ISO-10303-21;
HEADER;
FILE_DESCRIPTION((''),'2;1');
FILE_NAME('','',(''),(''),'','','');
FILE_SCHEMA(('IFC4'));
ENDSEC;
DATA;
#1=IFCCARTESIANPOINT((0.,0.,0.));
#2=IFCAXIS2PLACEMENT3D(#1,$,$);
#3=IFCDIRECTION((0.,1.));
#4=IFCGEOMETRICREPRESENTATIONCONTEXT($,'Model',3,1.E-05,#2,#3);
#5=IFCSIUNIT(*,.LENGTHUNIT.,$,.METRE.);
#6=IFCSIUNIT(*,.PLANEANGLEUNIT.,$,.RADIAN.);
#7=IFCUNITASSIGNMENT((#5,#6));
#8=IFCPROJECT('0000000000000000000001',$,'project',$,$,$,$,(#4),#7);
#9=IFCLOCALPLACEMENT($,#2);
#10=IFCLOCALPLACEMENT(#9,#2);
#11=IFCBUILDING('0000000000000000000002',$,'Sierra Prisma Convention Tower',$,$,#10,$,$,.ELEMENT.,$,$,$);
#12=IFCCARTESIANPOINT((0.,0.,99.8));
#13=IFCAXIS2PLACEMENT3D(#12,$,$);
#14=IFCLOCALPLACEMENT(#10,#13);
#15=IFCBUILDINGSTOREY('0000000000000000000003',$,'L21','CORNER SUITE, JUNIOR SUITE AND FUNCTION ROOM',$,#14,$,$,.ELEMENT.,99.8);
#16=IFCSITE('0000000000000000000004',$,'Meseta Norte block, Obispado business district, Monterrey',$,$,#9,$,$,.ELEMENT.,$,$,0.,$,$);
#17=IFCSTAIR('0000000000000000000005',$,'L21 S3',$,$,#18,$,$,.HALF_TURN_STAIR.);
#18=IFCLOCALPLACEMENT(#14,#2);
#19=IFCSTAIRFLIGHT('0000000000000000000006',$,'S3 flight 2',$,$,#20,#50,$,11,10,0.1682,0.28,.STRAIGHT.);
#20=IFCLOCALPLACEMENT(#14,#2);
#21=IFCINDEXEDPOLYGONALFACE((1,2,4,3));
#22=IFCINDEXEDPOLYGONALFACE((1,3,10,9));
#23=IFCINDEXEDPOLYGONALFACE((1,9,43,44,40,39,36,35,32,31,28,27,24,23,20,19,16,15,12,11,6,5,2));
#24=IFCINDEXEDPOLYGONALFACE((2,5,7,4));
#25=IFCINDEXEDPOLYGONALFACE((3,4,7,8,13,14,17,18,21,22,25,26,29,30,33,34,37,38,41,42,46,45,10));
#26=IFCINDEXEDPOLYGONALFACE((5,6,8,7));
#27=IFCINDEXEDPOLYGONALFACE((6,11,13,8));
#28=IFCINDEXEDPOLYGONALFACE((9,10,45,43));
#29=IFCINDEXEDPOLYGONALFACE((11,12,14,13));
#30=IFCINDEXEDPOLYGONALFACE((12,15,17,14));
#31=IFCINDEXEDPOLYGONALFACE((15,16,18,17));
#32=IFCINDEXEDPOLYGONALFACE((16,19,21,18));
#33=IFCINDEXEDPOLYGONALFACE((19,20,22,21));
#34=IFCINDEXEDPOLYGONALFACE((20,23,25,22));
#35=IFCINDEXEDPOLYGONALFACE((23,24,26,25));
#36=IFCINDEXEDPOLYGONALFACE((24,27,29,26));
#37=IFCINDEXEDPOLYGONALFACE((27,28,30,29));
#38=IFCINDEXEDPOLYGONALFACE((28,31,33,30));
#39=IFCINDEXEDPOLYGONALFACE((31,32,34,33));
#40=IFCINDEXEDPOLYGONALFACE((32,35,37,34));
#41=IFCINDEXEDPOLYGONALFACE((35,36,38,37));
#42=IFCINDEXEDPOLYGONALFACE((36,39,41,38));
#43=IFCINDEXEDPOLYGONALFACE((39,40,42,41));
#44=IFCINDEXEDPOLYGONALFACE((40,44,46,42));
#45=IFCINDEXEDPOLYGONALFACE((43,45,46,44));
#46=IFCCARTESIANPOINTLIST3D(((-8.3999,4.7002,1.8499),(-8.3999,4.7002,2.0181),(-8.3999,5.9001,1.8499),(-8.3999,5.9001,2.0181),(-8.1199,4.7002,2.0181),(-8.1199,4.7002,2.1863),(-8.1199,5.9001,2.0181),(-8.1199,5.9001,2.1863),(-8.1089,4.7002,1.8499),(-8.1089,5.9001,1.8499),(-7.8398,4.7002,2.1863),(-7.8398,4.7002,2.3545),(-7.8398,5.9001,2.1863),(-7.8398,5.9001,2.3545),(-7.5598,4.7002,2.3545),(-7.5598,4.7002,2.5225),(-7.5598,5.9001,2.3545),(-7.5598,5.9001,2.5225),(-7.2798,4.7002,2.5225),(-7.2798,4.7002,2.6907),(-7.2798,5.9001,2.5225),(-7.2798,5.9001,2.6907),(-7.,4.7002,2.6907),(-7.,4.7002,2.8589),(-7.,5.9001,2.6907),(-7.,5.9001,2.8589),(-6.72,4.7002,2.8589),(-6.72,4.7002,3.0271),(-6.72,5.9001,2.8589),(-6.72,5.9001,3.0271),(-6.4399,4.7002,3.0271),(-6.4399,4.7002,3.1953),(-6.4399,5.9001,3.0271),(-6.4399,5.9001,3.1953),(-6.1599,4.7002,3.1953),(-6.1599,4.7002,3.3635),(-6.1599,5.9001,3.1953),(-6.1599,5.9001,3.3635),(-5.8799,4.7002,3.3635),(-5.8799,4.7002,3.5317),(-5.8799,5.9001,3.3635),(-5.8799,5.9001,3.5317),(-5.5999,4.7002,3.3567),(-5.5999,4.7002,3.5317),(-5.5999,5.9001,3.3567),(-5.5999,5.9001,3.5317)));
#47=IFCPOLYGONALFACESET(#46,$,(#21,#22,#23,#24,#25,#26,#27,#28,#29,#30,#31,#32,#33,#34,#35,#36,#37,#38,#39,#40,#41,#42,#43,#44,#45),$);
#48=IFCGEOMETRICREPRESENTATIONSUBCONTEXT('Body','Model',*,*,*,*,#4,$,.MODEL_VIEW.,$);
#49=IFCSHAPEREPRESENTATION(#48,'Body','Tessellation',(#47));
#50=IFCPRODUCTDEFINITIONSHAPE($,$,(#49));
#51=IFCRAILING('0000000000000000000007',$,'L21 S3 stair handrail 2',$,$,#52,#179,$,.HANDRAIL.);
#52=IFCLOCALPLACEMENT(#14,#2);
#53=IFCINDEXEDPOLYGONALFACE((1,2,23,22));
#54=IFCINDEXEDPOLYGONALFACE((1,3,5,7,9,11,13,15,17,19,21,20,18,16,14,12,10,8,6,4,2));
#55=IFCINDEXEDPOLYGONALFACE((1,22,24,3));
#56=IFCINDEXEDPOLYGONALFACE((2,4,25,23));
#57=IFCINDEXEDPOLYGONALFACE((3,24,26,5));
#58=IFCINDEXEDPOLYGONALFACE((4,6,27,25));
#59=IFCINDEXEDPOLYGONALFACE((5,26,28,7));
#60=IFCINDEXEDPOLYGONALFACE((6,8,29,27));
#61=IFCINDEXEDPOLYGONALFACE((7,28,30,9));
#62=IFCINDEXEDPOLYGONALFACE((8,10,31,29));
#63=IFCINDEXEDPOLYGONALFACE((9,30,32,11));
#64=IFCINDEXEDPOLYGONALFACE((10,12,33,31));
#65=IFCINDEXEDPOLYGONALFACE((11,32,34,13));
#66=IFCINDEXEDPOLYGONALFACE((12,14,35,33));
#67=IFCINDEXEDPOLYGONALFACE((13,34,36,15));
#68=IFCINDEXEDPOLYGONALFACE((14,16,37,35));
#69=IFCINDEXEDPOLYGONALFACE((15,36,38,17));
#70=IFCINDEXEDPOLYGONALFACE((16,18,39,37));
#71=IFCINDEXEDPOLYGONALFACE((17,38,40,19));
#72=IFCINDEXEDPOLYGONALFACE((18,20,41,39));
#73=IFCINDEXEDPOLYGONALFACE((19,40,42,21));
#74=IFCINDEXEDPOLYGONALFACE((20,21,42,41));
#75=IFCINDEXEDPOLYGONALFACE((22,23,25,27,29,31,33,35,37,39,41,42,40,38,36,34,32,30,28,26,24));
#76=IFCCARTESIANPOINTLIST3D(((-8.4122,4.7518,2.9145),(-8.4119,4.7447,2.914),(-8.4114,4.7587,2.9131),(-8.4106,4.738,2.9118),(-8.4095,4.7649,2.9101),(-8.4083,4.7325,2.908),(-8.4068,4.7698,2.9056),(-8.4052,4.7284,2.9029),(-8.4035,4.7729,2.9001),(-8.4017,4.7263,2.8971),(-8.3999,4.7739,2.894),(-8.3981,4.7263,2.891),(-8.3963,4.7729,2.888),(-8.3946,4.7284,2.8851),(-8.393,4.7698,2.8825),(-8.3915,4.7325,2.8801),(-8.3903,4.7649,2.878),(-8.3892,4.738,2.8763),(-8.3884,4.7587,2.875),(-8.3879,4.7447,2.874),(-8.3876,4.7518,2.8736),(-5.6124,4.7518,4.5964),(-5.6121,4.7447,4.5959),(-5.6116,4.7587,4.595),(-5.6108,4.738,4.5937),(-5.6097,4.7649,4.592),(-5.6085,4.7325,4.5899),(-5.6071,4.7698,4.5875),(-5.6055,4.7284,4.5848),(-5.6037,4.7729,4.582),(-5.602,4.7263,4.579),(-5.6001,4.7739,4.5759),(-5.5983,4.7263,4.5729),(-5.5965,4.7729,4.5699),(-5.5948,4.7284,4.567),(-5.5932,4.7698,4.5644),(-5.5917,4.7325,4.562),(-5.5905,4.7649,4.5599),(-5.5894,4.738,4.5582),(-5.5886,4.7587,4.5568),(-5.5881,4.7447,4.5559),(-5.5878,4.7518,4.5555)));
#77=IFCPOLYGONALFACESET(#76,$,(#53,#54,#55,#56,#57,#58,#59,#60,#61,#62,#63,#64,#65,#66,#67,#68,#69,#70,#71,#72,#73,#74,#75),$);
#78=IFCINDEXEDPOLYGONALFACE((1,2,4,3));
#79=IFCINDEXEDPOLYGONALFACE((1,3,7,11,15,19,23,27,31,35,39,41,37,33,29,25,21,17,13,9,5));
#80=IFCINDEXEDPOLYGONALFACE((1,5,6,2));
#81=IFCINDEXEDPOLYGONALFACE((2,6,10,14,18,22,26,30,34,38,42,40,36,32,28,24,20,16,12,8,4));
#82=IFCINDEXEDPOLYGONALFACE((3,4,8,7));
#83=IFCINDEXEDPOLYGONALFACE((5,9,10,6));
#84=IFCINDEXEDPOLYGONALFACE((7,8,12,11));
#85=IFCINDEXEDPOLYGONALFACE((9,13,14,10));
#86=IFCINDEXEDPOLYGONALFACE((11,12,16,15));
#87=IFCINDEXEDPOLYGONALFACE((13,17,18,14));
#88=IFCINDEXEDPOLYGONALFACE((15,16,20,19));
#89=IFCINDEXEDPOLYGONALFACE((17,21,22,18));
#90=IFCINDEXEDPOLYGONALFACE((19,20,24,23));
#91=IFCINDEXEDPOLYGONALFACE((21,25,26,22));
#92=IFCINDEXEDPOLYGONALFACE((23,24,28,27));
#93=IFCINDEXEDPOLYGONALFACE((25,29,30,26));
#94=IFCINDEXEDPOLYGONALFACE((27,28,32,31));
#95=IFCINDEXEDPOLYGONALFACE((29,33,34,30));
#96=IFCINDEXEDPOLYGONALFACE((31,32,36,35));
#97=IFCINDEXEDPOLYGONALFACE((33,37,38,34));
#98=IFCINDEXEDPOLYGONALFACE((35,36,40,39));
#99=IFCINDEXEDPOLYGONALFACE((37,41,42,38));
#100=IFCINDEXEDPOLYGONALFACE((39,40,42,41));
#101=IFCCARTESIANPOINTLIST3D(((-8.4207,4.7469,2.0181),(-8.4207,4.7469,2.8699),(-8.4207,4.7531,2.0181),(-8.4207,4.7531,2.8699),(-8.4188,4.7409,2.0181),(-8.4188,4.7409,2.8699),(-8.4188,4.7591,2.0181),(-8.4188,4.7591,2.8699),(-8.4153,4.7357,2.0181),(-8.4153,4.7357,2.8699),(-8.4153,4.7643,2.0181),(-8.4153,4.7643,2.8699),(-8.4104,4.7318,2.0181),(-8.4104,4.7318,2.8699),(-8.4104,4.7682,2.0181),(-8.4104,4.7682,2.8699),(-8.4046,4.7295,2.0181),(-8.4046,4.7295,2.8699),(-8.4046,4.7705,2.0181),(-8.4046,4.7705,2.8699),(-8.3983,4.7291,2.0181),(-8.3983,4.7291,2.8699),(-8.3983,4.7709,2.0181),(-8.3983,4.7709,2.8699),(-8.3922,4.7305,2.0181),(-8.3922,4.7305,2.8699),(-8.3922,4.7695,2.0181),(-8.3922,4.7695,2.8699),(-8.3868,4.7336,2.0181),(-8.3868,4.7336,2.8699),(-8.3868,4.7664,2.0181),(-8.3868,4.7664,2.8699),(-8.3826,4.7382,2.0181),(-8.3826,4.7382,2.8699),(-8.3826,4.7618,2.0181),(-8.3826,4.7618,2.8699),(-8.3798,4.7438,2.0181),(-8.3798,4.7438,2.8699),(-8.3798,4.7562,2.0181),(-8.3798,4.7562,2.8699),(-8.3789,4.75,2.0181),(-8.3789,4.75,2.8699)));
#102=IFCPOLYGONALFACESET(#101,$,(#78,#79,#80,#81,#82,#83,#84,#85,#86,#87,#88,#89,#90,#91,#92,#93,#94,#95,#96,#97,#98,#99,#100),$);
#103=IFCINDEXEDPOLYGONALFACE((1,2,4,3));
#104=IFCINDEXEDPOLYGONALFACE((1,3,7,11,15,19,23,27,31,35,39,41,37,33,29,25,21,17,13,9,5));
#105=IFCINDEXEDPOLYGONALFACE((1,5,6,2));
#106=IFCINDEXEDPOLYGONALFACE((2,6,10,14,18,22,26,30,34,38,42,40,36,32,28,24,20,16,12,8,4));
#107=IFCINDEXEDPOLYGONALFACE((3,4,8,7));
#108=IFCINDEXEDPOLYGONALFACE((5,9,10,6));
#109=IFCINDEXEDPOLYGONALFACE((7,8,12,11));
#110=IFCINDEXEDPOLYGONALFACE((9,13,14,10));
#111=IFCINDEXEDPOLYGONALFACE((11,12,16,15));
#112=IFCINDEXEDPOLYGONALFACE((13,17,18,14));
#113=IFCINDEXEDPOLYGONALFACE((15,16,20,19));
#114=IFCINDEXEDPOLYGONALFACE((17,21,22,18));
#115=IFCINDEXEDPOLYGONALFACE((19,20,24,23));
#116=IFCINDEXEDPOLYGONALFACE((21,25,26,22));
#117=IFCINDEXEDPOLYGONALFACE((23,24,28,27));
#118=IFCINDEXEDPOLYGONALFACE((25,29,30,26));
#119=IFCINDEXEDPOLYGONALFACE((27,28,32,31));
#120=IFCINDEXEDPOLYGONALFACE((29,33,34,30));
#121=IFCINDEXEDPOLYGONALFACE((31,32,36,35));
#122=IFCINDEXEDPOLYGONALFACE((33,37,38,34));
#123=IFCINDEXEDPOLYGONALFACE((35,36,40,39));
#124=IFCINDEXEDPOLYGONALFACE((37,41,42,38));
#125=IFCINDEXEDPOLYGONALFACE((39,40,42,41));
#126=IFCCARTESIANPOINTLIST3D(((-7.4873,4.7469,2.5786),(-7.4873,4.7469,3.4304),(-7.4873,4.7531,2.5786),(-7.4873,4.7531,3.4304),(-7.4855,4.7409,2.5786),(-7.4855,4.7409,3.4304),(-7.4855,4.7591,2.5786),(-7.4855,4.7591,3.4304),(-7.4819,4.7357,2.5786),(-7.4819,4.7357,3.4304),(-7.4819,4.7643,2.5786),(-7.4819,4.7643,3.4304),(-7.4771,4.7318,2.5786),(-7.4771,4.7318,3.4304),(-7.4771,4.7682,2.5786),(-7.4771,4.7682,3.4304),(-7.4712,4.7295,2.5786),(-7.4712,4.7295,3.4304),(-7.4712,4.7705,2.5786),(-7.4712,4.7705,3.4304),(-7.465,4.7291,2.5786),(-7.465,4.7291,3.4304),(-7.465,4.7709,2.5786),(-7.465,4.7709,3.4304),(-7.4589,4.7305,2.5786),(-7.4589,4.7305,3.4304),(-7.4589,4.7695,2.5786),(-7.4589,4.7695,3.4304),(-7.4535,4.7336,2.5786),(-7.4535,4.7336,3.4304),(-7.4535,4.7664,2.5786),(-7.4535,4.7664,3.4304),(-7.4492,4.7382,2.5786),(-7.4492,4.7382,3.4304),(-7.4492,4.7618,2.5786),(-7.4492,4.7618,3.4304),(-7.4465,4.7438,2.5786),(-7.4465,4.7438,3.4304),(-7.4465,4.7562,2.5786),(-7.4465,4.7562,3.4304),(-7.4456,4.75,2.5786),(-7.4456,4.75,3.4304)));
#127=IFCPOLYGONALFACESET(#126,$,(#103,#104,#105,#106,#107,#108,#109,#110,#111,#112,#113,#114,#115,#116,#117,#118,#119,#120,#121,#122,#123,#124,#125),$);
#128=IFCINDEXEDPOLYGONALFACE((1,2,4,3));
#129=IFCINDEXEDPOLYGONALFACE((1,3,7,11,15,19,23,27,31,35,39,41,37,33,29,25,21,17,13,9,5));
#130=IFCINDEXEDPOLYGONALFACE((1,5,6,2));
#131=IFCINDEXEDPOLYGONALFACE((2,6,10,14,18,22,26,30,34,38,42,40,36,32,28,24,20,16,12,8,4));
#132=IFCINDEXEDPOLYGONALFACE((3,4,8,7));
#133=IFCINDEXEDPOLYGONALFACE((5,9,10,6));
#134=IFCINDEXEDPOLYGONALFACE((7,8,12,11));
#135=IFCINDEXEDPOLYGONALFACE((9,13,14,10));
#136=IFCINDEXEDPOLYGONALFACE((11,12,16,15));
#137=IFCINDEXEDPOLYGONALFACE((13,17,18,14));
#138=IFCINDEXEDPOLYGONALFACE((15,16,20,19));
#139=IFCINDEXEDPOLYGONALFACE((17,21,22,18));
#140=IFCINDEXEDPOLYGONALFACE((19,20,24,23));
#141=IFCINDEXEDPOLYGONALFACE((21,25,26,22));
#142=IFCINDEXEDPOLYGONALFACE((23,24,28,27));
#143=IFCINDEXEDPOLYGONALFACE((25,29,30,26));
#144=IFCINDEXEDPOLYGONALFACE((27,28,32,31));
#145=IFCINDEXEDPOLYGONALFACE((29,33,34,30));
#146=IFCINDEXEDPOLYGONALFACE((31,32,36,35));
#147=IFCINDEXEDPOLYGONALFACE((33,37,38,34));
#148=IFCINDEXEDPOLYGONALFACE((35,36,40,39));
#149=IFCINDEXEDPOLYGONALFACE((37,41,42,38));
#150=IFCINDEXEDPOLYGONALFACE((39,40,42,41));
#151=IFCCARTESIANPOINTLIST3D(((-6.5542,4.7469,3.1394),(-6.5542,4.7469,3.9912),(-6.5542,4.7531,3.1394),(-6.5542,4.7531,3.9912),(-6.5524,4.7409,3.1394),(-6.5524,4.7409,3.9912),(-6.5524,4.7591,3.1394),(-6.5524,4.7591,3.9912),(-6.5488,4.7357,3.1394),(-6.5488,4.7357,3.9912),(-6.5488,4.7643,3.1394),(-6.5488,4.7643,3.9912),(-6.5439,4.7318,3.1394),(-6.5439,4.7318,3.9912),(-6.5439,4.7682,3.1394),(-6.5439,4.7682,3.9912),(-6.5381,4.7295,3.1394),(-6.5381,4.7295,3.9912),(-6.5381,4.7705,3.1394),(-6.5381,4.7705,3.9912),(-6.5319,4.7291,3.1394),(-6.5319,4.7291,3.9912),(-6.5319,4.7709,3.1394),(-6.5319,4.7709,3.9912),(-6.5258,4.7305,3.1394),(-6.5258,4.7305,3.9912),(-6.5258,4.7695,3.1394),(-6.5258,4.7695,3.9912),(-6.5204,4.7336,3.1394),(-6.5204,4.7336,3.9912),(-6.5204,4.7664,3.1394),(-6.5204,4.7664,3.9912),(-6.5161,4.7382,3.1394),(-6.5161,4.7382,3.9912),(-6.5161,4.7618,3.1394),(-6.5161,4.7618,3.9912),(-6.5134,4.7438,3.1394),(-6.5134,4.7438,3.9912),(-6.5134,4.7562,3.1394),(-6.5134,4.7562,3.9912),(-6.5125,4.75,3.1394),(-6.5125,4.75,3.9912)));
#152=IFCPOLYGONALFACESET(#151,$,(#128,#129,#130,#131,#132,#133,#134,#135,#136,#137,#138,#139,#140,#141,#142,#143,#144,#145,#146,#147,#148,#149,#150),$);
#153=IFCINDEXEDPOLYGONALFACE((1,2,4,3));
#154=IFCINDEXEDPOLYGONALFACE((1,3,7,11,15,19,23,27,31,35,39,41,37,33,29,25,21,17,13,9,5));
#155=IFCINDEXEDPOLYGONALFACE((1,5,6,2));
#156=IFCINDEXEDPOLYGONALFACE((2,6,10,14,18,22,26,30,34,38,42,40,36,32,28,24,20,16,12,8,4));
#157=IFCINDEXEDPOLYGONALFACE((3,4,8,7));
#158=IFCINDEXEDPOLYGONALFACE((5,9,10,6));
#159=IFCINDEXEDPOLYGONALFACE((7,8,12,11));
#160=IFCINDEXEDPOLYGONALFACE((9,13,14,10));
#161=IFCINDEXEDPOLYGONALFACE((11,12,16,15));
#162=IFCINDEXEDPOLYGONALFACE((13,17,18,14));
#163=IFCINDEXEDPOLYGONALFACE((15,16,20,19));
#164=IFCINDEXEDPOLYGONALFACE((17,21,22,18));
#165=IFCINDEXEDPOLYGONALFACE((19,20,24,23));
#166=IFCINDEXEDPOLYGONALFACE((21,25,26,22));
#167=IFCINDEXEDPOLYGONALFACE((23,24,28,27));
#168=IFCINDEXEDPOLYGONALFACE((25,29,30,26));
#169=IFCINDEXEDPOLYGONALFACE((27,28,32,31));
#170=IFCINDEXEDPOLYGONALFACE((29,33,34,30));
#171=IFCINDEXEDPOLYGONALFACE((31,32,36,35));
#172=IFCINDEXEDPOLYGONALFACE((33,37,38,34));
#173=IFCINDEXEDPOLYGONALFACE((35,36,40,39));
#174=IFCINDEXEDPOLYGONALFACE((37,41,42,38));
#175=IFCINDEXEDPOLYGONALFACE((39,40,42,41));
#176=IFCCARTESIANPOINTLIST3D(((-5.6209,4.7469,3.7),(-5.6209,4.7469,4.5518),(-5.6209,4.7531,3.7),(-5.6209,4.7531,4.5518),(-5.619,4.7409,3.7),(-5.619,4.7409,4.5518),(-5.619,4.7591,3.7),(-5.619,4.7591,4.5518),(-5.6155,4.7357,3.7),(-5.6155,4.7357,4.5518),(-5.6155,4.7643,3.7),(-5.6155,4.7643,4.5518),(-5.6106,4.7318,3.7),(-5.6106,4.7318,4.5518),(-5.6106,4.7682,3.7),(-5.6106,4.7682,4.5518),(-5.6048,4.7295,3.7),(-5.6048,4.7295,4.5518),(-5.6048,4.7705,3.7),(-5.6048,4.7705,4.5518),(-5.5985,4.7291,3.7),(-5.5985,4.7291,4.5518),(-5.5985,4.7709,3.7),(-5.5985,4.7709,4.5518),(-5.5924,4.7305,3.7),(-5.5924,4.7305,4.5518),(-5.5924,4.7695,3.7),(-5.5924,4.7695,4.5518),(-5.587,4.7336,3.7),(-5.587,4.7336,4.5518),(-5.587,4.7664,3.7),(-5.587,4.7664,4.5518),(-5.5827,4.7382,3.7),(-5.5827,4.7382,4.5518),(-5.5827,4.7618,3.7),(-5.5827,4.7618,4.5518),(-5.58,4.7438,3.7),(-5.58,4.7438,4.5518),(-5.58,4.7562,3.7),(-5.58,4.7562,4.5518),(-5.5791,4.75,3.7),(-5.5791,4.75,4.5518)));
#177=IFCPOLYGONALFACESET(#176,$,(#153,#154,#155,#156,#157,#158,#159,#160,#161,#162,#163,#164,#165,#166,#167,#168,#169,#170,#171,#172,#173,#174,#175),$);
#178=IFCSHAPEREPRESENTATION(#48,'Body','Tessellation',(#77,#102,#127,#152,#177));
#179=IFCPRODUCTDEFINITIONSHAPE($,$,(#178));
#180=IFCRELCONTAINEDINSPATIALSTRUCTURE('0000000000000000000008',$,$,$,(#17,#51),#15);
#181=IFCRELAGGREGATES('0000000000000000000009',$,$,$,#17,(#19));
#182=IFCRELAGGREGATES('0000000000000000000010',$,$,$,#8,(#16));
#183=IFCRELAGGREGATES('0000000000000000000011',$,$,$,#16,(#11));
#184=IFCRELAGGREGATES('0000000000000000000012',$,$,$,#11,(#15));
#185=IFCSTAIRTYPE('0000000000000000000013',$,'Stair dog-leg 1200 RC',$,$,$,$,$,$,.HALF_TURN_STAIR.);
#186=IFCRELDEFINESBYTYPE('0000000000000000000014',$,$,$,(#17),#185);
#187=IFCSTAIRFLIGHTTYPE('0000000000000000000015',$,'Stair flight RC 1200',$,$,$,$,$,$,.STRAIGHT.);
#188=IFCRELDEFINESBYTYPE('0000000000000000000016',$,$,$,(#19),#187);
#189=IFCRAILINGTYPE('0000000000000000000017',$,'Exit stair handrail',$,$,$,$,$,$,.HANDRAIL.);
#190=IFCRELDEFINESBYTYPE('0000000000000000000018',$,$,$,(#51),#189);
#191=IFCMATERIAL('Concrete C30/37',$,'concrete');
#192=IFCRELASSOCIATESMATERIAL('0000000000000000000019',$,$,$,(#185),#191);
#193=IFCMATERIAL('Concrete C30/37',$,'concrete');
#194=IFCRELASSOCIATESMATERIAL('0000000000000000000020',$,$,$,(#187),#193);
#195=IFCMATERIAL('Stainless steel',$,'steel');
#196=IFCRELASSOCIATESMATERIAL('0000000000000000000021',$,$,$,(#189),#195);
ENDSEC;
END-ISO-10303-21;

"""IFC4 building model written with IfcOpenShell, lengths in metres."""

from ifc_helpers import new_model, si_unit, direction, frame, origin, origin_2d, place, context, subcontext, project, spatial, polyline, circle, outline, extrude, material, type_object, element, aggregate, save


model = new_model("IFC4")

# Units and contexts
model_context = context("Model", 3, precision=1e-05, world=origin(), true_north=direction((0.0, 1.0)))
body_context = subcontext(model_context, "Body", "Model", "MODEL_VIEW")
ifc_project = project(units=[si_unit("LENGTHUNIT", "METRE"), si_unit("PLANEANGLEUNIT", "RADIAN")], contexts=[model_context])

# Site, building, storey
site_placement = place(None, origin())
site = spatial("IfcSite", under=ifc_project, at=site_placement, Name="Meseta Norte block, Obispado business district, Monterrey", CompositionType="ELEMENT", RefElevation=0.0)
building_placement = place(site_placement, origin())
building = spatial("IfcBuilding", under=site, at=building_placement, Name="Sierra Prisma Convention Tower", CompositionType="ELEMENT")
storey_placement = place(building_placement, frame((0.0, 0.0, 99.8)))
storey = spatial("IfcBuildingStorey", under=building, at=storey_placement, Name="L21", Description="CORNER SUITE, JUNIOR SUITE AND FUNCTION ROOM", CompositionType="ELEMENT", Elevation=99.8)

# Stair, stair flight
ifc_material_1 = material(Name="Concrete C30/37", Category="concrete")
stair_type = type_object("IfcStairType", Name="Stair dog-leg 1200 RC", PredefinedType="HALF_TURN_STAIR", material=ifc_material_1)
stair_placement = place(storey_placement, origin())
stair = element("IfcStair", 1, at=stair_placement, inside=storey, type_object=stair_type, Name="L21 S3", PredefinedType="HALF_TURN_STAIR")
ifc_material_2 = material(Name="Concrete C30/37", Category="concrete")
stair_flight_type = type_object("IfcStairFlightType", Name="Stair flight RC 1200", PredefinedType="STRAIGHT", material=ifc_material_2)
stair_flight_placement = place(storey_placement, frame((-8.3999, 5.3, 1.8499), z_axis=(0.0, 0.0, 1.0), x_axis=(1.0, 0.0, 0.0)))
stair_flight = element("IfcStairFlight", 2, at=stair_flight_placement, type_object=stair_flight_type, Name="S3 flight 2", NumberOfRisers=11, NumberOfTreads=10, PredefinedType="STRAIGHT", RiserHeight=0.1682, TreadLength=0.28, context=body_context, shape_type="SweptSolid", body=[
    extrude(outline(polyline([(0.0, 0.0), (0.0, 0.1682), (0.28, 0.1682), (0.28, 0.3364), (0.5601, 0.3364), (0.5601, 0.5046), (0.8401, 0.5046), (0.8401, 0.6726), (1.1201, 0.6726), (1.1201, 0.8408), (1.3999, 0.8408), (1.3999, 1.009), (1.6799, 1.009), (1.6799, 1.1772), (1.96, 1.1772), (1.96, 1.3455), (2.24, 1.3455), (2.24, 1.5137), (2.52, 1.5137), (2.52, 1.6819), (2.8, 1.6819), (2.8, 1.8501), (2.8, 1.5068), (0.291, 0.0), (0.0, 0.0)])), frame((0.0, 0.6001, 0.0), z_axis=(0.0, -1.0, 0.0), x_axis=(1.0, 0.0, 0.0)), (0.0, 0.0, 1.0), 1.2),
])
aggregate(stair, [stair_flight])

# Railing
ifc_material_3 = material(Name="Stainless steel", Category="steel")
railing_type_1 = type_object("IfcRailingType", Name="Exit stair handrail", PredefinedType="HANDRAIL", material=ifc_material_3)
railing_1_placement = place(storey_placement, frame((-8.3999, 4.75, 2.0181)))
element("IfcRailing", 3, at=railing_1_placement, inside=storey, type_object=railing_type_1, Name="L21 S3 stair handrail 2", PredefinedType="HANDRAIL", context=body_context, shape_type="SweptSolid", body=[
    extrude(circle(Radius=0.0239, at=origin_2d()), frame((0.0, 0.0, 0.876), z_axis=(0.857222, 0.0, 0.514946), x_axis=(0.0, 1.0, 0.0)), (0.0, 0.0, 1.0), 3.2661),
    extrude(circle(Radius=0.021, at=origin_2d()), origin(), (0.0, 0.0, 1.0), 0.8518),
    extrude(circle(Radius=0.021, at=origin_2d()), frame((0.9333, 0.0, 0.5605)), (0.0, 0.0, 1.0), 0.8518),
    extrude(circle(Radius=0.021, at=origin_2d()), frame((1.8665, 0.0, 1.1213)), (0.0, 0.0, 1.0), 0.8518),
    extrude(circle(Radius=0.021, at=origin_2d()), frame((2.7998, 0.0, 1.6819)), (0.0, 0.0, 1.0), 0.8518),
])

save(model, "model.ifc")
